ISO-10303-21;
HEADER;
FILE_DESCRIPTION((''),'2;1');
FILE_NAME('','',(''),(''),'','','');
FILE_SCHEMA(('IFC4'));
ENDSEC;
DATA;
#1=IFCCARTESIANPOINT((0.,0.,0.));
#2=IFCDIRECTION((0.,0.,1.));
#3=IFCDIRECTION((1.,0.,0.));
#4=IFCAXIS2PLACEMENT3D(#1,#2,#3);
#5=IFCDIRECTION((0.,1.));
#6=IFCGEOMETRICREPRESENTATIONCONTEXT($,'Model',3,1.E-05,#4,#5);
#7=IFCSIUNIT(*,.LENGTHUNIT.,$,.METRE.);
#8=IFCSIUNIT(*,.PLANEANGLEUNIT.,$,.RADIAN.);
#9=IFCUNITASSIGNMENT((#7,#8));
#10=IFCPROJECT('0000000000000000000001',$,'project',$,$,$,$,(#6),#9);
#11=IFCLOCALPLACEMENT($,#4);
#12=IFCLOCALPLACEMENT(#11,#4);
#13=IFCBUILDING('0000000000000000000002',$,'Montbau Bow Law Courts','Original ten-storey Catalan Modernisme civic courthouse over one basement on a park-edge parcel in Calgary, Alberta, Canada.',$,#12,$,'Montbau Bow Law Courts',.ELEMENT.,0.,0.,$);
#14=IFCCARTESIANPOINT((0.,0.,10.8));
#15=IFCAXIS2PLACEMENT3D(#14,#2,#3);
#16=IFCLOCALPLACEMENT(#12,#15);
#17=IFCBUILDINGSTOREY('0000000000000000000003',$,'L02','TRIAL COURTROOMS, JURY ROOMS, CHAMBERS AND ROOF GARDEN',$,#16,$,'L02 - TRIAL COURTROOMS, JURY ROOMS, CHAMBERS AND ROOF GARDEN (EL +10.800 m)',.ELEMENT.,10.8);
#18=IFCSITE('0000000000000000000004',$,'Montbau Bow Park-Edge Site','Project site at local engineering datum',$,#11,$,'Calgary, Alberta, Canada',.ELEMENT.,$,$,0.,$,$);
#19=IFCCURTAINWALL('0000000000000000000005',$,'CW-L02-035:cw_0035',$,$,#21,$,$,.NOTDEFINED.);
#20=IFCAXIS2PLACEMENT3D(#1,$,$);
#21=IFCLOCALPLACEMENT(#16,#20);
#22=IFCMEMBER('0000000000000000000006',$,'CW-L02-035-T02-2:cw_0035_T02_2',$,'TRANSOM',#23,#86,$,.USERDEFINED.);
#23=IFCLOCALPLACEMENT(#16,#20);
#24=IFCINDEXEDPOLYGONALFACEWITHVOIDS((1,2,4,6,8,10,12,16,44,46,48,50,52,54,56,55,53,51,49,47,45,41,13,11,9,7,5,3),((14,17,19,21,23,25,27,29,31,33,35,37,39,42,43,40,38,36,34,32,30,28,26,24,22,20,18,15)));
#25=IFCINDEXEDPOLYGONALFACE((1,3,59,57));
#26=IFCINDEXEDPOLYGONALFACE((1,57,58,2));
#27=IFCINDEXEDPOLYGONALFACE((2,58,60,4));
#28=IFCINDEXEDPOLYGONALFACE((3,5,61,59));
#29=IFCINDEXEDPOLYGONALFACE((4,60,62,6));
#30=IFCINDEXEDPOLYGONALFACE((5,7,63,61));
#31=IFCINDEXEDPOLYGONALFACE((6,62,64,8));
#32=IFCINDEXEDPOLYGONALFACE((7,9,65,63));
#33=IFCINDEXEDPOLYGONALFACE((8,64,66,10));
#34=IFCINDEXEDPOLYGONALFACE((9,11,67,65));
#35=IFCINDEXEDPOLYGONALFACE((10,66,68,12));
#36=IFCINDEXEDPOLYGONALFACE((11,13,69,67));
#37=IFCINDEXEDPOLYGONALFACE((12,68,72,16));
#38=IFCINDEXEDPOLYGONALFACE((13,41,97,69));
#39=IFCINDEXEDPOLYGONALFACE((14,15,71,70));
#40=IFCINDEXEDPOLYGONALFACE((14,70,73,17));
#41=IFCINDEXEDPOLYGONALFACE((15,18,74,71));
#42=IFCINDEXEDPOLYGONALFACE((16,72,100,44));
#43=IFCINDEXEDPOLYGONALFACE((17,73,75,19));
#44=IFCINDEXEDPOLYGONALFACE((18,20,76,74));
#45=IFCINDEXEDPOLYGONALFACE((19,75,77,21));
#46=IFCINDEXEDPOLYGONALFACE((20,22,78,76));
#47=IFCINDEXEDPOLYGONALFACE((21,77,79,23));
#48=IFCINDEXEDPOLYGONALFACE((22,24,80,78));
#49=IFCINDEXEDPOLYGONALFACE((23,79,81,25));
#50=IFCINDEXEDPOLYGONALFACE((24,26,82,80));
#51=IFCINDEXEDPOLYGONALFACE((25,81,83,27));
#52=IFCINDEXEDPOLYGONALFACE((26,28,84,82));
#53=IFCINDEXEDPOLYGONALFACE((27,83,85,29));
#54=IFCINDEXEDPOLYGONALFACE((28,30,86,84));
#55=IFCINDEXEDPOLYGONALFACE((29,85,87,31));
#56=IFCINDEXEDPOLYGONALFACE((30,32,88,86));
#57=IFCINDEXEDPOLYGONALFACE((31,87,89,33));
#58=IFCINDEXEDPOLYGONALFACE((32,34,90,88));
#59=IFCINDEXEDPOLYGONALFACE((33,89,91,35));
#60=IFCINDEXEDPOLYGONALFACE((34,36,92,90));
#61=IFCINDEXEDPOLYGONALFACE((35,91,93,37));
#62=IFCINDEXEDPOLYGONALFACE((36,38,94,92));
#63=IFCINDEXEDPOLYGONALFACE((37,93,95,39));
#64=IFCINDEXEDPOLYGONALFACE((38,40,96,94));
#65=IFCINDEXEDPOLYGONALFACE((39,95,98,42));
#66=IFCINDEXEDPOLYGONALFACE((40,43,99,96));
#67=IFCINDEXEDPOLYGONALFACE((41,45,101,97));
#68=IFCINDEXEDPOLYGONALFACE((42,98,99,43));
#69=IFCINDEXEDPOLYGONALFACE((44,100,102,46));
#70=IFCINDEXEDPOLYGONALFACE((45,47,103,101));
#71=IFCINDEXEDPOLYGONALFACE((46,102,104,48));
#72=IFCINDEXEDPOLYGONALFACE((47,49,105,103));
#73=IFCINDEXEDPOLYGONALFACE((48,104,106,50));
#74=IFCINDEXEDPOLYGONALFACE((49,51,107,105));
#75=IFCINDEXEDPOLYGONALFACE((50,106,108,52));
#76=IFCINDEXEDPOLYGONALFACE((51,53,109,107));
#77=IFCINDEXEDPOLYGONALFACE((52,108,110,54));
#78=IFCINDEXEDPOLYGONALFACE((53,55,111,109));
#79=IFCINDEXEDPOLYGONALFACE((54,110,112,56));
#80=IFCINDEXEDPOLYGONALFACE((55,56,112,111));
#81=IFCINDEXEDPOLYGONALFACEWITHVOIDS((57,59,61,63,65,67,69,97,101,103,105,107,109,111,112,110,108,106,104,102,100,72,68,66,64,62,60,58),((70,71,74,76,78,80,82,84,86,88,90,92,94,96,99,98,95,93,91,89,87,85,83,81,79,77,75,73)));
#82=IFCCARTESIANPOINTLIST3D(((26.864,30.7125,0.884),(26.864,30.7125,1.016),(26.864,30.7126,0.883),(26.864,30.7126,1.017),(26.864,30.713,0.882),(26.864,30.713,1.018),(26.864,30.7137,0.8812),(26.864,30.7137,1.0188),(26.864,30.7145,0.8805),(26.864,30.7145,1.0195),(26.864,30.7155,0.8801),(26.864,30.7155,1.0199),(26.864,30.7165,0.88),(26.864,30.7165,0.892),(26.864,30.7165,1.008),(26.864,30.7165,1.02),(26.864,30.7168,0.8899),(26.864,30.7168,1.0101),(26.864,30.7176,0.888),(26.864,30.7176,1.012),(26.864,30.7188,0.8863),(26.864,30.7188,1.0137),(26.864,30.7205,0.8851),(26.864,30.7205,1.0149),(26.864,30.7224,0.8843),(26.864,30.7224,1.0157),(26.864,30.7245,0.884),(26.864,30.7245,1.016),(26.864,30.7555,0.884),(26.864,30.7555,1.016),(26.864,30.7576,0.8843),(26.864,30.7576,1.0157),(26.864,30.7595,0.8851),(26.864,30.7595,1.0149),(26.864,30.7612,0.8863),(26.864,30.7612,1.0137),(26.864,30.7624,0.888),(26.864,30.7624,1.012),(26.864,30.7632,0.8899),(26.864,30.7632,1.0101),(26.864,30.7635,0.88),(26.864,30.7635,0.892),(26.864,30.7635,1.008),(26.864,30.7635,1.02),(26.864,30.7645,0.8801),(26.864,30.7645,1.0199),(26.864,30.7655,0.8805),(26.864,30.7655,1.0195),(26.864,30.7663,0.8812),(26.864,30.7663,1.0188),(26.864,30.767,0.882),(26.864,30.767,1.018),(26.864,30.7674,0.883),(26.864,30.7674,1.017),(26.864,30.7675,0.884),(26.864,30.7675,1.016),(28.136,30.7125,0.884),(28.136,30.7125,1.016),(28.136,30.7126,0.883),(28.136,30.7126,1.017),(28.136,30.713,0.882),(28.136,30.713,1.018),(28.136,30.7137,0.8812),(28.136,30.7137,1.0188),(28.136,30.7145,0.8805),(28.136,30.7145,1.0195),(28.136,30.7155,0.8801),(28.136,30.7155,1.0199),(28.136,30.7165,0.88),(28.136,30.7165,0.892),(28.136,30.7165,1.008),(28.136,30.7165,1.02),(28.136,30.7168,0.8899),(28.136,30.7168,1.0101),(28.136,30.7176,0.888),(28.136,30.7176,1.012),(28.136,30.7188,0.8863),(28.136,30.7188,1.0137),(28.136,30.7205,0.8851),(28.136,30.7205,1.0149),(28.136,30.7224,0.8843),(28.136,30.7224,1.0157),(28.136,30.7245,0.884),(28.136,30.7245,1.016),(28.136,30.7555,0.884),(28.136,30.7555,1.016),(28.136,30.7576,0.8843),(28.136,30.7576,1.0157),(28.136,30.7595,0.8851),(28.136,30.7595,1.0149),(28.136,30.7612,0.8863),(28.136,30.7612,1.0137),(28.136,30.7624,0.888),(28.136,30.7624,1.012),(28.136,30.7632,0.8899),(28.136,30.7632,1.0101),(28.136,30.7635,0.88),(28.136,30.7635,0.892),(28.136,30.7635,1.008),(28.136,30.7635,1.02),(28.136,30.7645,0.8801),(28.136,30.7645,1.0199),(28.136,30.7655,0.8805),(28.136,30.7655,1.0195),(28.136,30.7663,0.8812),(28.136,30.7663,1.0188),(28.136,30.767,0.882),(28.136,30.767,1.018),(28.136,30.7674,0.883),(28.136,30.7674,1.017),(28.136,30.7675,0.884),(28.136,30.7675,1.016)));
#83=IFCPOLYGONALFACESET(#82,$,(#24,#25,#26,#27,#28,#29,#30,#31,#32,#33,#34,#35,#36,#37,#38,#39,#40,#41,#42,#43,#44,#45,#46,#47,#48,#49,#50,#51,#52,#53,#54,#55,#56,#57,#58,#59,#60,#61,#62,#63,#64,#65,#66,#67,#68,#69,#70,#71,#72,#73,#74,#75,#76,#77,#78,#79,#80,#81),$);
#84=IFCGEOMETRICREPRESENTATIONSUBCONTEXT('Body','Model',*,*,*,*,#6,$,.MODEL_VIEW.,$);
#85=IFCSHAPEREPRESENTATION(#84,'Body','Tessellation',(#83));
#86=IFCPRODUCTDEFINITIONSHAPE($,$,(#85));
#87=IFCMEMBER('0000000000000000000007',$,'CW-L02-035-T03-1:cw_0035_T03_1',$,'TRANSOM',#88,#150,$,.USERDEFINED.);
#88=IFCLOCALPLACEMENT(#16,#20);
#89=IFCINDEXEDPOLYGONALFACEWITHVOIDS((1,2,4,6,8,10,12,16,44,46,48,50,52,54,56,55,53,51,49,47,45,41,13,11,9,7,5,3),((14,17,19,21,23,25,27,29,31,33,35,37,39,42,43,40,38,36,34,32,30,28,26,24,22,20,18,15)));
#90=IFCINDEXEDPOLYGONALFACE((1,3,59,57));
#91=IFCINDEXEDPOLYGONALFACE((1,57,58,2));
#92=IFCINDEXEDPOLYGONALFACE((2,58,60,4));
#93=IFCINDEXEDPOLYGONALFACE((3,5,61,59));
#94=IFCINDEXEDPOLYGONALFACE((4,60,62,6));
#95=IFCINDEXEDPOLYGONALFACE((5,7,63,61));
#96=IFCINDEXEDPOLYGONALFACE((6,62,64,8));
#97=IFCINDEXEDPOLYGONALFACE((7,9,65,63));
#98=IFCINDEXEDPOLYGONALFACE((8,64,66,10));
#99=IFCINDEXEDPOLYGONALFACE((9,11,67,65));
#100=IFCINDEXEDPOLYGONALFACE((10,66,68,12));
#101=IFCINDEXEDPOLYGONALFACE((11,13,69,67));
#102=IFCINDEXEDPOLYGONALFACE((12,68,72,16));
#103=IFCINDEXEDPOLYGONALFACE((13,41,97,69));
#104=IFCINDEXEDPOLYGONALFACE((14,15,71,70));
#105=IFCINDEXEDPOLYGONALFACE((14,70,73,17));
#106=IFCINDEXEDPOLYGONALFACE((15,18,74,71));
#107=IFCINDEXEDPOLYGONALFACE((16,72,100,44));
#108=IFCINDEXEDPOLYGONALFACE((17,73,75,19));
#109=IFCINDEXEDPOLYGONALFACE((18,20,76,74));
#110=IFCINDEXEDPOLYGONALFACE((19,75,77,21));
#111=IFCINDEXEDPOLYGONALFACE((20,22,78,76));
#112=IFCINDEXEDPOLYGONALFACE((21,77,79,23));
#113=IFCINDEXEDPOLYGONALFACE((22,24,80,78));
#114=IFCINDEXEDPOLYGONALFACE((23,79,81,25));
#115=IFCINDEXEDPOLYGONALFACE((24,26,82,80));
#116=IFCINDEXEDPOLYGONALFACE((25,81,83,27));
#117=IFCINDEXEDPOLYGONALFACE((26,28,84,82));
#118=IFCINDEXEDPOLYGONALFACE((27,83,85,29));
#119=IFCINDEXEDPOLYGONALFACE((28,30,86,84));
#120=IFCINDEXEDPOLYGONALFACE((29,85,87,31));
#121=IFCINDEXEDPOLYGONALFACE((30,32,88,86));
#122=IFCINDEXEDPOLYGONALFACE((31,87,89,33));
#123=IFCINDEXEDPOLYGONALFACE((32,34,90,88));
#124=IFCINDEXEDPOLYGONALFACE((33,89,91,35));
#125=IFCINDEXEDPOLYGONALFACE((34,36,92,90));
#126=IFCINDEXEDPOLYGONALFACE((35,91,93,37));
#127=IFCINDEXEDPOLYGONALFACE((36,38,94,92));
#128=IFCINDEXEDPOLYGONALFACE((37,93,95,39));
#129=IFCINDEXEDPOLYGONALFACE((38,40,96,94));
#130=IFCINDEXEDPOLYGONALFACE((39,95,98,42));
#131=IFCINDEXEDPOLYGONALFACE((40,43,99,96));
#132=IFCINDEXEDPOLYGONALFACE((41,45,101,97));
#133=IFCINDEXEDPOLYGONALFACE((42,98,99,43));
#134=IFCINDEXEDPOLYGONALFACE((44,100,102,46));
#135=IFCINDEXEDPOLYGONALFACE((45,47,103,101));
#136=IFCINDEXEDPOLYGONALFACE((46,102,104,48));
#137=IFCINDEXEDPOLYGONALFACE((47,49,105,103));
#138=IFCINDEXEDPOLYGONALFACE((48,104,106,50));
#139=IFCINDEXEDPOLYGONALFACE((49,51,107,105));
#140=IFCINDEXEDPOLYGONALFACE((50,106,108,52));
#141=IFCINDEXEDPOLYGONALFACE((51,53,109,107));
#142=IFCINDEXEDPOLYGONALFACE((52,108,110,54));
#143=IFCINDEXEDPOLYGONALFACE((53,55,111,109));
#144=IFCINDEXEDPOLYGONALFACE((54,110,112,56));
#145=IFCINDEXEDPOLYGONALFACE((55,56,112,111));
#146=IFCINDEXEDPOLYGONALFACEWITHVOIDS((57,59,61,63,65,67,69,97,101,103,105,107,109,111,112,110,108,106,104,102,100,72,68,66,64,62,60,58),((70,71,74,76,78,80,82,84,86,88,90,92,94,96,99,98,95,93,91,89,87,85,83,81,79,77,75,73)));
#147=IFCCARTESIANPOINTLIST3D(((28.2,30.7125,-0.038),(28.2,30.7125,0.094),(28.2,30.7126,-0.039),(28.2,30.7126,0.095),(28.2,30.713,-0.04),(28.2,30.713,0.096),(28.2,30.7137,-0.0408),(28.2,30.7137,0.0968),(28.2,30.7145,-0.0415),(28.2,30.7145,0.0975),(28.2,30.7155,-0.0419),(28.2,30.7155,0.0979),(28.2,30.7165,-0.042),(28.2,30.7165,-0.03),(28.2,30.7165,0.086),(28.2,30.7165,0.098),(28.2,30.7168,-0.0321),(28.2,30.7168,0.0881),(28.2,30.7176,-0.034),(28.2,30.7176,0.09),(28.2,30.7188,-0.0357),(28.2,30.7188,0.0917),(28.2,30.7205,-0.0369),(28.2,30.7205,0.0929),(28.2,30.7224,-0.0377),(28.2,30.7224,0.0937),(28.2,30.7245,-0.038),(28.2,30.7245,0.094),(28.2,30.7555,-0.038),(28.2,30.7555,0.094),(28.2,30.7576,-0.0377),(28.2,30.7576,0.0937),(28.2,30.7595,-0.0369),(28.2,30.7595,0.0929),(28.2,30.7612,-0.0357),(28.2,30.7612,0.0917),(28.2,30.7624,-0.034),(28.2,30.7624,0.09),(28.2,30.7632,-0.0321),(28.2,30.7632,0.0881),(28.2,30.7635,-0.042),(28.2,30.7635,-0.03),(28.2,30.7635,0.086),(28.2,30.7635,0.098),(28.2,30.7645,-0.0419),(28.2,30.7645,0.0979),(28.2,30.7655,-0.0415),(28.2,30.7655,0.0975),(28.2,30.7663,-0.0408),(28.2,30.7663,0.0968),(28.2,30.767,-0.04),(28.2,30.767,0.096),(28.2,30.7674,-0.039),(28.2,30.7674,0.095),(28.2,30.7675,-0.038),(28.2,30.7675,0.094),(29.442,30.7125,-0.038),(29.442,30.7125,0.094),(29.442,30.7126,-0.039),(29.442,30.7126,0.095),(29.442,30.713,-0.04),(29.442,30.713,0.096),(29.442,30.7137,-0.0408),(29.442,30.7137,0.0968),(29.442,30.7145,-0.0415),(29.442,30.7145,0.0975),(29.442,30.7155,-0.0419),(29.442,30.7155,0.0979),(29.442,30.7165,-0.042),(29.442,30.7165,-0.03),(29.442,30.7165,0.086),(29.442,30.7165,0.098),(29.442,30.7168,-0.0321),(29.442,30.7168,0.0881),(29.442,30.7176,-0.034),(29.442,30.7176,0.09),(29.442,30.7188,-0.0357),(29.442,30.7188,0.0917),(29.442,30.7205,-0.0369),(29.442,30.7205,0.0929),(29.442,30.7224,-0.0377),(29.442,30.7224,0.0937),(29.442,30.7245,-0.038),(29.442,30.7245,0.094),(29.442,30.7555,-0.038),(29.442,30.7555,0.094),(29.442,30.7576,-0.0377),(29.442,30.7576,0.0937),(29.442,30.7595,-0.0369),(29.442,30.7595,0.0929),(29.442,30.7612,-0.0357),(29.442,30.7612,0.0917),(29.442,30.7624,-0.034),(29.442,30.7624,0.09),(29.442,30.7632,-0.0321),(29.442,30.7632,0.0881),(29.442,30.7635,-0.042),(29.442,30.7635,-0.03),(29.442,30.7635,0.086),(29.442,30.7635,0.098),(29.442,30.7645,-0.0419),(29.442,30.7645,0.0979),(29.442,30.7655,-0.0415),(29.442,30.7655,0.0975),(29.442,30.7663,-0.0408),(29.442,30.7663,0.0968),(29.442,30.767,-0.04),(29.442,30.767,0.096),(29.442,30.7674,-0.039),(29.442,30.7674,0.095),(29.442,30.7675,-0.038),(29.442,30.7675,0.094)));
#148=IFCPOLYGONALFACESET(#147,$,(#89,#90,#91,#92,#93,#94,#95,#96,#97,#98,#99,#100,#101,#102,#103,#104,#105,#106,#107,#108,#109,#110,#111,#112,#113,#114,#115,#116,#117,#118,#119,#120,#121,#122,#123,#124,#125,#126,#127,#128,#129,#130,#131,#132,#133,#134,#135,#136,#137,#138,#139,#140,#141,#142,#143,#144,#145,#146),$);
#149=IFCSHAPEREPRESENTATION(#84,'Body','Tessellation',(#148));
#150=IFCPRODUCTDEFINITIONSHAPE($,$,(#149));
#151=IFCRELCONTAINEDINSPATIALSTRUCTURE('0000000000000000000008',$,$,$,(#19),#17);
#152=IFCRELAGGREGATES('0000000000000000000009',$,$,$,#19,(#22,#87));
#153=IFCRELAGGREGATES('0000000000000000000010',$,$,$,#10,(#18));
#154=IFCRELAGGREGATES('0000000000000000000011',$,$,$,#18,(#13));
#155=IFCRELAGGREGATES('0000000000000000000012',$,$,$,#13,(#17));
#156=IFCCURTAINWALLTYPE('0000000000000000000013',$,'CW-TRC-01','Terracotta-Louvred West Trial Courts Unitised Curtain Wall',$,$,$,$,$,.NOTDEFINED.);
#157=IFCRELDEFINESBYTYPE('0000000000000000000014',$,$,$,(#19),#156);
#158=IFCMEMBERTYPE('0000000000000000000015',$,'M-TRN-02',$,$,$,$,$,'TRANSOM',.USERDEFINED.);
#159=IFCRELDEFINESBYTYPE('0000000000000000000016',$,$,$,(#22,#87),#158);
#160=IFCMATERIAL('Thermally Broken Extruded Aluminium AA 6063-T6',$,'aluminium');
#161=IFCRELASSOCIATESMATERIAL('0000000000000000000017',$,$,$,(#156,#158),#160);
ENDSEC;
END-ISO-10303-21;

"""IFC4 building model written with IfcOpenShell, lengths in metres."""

from ifc_helpers import new_model, si_unit, direction, frame, origin_with_axes, origin_2d_with_axis, place, context, subcontext, project, spatial, hollow_rectangle, extrude, material, material_profile, profile_set, type_object, element, aggregate, save


model = new_model("IFC4")

# Units and contexts
model_context = context("Model", 3, precision=1e-05, world=origin_with_axes(), true_north=direction((0.0, 1.0)))
body_context = subcontext(model_context, "Body", "Model", "MODEL_VIEW")
ifc_project = project(units=[si_unit("LENGTHUNIT", "METRE"), si_unit("PLANEANGLEUNIT", "RADIAN")], contexts=[model_context])

# Site, building, storey
site_placement = place(None, origin_with_axes())
site = spatial("IfcSite", under=ifc_project, at=site_placement, Name="Montbau Bow Park-Edge Site", Description="Project site at local engineering datum", LongName="Calgary, Alberta, Canada", CompositionType="ELEMENT", RefElevation=0.0)
building_placement = place(site_placement, origin_with_axes())
building = spatial("IfcBuilding", under=site, at=building_placement, Name="Montbau Bow Law Courts", Description="Original ten-storey Catalan Modernisme civic courthouse over one basement on a park-edge parcel in Calgary, Alberta, Canada.", LongName="Montbau Bow Law Courts", CompositionType="ELEMENT", ElevationOfRefHeight=0.0, ElevationOfTerrain=0.0)
storey_placement = place(building_placement, frame((0.0, 0.0, 10.8), z_axis=(0.0, 0.0, 1.0), x_axis=(1.0, 0.0, 0.0)))
storey = spatial("IfcBuildingStorey", under=building, at=storey_placement, Name="L02", Description="TRIAL COURTROOMS, JURY ROOMS, CHAMBERS AND ROOF GARDEN", LongName="L02 - TRIAL COURTROOMS, JURY ROOMS, CHAMBERS AND ROOF GARDEN (EL +10.800 m)", CompositionType="ELEMENT", Elevation=10.8)

# Shared definitions
ifc_material_1 = material(Name="Thermally Broken Extruded Aluminium AA 6063-T6", Category="aluminium")
curtain_wall_type = type_object("IfcCurtainWallType", Name="CW-TRC-01", Description="Terracotta-Louvred West Trial Courts Unitised Curtain Wall", PredefinedType="NOTDEFINED", material=ifc_material_1)

# Curtain wall
curtain_wall_1_placement = place(None, frame((25.496, 30.74, 10.8), z_axis=(0.0, 0.0, 1.0), x_axis=(1.0, 0.0, 0.0)))
curtain_wall_1 = element("IfcCurtainWall", 1, at=curtain_wall_1_placement, inside=storey, type_object=curtain_wall_type, Name="CW-L02-035:cw_0035", PredefinedType="NOTDEFINED")

# Members
ifc_material_profile_1 = material_profile(ifc_material_1, hollow_rectangle(XDim=0.055, YDim=0.14, WallThickness=0.004, InnerFilletRadius=0.008, OuterFilletRadius=0.004, at=origin_2d_with_axis()), Name="CWT-140X55", Category="Main", Priority=0)
ifc_profile_set_1 = profile_set([ifc_material_profile_1], Name="Thermally Broken Extruded Aluminium AA 6063-T6")
member_type_1 = type_object("IfcMemberType", Name="M-TRN-02", ElementType="TRANSOM", PredefinedType="USERDEFINED", material=ifc_profile_set_1)
member_1_placement = place(None, frame((26.864, 30.74, 11.75), z_axis=(1.0, 0.0, 0.0), x_axis=(0.0, 1.0, 0.0)))
member_1 = element("IfcMember", 2, at=member_1_placement, type_object=member_type_1, Name="CW-L02-035-T02-2:cw_0035_T02_2", ObjectType="TRANSOM", PredefinedType="USERDEFINED", context=body_context, shape_type="SweptSolid", body=[
    extrude(hollow_rectangle(XDim=0.055, YDim=0.14, WallThickness=0.004, InnerFilletRadius=0.008, OuterFilletRadius=0.004, at=origin_2d_with_axis()), origin_with_axes(), (0.0, 0.0, 1.0), 1.272),
])
member_2_placement = place(None, frame((28.2, 30.74, 10.828), z_axis=(1.0, 0.0, 0.0), x_axis=(0.0, 1.0, 0.0)))
member_2 = element("IfcMember", 3, at=member_2_placement, type_object=member_type_1, Name="CW-L02-035-T03-1:cw_0035_T03_1", ObjectType="TRANSOM", PredefinedType="USERDEFINED", context=body_context, shape_type="SweptSolid", body=[
    extrude(hollow_rectangle(XDim=0.055, YDim=0.14, WallThickness=0.004, InnerFilletRadius=0.008, OuterFilletRadius=0.004, at=origin_2d_with_axis()), origin_with_axes(), (0.0, 0.0, 1.0), 1.242),
])

aggregate(curtain_wall_1, [member_1, member_2])

save(model, "model.ifc")
